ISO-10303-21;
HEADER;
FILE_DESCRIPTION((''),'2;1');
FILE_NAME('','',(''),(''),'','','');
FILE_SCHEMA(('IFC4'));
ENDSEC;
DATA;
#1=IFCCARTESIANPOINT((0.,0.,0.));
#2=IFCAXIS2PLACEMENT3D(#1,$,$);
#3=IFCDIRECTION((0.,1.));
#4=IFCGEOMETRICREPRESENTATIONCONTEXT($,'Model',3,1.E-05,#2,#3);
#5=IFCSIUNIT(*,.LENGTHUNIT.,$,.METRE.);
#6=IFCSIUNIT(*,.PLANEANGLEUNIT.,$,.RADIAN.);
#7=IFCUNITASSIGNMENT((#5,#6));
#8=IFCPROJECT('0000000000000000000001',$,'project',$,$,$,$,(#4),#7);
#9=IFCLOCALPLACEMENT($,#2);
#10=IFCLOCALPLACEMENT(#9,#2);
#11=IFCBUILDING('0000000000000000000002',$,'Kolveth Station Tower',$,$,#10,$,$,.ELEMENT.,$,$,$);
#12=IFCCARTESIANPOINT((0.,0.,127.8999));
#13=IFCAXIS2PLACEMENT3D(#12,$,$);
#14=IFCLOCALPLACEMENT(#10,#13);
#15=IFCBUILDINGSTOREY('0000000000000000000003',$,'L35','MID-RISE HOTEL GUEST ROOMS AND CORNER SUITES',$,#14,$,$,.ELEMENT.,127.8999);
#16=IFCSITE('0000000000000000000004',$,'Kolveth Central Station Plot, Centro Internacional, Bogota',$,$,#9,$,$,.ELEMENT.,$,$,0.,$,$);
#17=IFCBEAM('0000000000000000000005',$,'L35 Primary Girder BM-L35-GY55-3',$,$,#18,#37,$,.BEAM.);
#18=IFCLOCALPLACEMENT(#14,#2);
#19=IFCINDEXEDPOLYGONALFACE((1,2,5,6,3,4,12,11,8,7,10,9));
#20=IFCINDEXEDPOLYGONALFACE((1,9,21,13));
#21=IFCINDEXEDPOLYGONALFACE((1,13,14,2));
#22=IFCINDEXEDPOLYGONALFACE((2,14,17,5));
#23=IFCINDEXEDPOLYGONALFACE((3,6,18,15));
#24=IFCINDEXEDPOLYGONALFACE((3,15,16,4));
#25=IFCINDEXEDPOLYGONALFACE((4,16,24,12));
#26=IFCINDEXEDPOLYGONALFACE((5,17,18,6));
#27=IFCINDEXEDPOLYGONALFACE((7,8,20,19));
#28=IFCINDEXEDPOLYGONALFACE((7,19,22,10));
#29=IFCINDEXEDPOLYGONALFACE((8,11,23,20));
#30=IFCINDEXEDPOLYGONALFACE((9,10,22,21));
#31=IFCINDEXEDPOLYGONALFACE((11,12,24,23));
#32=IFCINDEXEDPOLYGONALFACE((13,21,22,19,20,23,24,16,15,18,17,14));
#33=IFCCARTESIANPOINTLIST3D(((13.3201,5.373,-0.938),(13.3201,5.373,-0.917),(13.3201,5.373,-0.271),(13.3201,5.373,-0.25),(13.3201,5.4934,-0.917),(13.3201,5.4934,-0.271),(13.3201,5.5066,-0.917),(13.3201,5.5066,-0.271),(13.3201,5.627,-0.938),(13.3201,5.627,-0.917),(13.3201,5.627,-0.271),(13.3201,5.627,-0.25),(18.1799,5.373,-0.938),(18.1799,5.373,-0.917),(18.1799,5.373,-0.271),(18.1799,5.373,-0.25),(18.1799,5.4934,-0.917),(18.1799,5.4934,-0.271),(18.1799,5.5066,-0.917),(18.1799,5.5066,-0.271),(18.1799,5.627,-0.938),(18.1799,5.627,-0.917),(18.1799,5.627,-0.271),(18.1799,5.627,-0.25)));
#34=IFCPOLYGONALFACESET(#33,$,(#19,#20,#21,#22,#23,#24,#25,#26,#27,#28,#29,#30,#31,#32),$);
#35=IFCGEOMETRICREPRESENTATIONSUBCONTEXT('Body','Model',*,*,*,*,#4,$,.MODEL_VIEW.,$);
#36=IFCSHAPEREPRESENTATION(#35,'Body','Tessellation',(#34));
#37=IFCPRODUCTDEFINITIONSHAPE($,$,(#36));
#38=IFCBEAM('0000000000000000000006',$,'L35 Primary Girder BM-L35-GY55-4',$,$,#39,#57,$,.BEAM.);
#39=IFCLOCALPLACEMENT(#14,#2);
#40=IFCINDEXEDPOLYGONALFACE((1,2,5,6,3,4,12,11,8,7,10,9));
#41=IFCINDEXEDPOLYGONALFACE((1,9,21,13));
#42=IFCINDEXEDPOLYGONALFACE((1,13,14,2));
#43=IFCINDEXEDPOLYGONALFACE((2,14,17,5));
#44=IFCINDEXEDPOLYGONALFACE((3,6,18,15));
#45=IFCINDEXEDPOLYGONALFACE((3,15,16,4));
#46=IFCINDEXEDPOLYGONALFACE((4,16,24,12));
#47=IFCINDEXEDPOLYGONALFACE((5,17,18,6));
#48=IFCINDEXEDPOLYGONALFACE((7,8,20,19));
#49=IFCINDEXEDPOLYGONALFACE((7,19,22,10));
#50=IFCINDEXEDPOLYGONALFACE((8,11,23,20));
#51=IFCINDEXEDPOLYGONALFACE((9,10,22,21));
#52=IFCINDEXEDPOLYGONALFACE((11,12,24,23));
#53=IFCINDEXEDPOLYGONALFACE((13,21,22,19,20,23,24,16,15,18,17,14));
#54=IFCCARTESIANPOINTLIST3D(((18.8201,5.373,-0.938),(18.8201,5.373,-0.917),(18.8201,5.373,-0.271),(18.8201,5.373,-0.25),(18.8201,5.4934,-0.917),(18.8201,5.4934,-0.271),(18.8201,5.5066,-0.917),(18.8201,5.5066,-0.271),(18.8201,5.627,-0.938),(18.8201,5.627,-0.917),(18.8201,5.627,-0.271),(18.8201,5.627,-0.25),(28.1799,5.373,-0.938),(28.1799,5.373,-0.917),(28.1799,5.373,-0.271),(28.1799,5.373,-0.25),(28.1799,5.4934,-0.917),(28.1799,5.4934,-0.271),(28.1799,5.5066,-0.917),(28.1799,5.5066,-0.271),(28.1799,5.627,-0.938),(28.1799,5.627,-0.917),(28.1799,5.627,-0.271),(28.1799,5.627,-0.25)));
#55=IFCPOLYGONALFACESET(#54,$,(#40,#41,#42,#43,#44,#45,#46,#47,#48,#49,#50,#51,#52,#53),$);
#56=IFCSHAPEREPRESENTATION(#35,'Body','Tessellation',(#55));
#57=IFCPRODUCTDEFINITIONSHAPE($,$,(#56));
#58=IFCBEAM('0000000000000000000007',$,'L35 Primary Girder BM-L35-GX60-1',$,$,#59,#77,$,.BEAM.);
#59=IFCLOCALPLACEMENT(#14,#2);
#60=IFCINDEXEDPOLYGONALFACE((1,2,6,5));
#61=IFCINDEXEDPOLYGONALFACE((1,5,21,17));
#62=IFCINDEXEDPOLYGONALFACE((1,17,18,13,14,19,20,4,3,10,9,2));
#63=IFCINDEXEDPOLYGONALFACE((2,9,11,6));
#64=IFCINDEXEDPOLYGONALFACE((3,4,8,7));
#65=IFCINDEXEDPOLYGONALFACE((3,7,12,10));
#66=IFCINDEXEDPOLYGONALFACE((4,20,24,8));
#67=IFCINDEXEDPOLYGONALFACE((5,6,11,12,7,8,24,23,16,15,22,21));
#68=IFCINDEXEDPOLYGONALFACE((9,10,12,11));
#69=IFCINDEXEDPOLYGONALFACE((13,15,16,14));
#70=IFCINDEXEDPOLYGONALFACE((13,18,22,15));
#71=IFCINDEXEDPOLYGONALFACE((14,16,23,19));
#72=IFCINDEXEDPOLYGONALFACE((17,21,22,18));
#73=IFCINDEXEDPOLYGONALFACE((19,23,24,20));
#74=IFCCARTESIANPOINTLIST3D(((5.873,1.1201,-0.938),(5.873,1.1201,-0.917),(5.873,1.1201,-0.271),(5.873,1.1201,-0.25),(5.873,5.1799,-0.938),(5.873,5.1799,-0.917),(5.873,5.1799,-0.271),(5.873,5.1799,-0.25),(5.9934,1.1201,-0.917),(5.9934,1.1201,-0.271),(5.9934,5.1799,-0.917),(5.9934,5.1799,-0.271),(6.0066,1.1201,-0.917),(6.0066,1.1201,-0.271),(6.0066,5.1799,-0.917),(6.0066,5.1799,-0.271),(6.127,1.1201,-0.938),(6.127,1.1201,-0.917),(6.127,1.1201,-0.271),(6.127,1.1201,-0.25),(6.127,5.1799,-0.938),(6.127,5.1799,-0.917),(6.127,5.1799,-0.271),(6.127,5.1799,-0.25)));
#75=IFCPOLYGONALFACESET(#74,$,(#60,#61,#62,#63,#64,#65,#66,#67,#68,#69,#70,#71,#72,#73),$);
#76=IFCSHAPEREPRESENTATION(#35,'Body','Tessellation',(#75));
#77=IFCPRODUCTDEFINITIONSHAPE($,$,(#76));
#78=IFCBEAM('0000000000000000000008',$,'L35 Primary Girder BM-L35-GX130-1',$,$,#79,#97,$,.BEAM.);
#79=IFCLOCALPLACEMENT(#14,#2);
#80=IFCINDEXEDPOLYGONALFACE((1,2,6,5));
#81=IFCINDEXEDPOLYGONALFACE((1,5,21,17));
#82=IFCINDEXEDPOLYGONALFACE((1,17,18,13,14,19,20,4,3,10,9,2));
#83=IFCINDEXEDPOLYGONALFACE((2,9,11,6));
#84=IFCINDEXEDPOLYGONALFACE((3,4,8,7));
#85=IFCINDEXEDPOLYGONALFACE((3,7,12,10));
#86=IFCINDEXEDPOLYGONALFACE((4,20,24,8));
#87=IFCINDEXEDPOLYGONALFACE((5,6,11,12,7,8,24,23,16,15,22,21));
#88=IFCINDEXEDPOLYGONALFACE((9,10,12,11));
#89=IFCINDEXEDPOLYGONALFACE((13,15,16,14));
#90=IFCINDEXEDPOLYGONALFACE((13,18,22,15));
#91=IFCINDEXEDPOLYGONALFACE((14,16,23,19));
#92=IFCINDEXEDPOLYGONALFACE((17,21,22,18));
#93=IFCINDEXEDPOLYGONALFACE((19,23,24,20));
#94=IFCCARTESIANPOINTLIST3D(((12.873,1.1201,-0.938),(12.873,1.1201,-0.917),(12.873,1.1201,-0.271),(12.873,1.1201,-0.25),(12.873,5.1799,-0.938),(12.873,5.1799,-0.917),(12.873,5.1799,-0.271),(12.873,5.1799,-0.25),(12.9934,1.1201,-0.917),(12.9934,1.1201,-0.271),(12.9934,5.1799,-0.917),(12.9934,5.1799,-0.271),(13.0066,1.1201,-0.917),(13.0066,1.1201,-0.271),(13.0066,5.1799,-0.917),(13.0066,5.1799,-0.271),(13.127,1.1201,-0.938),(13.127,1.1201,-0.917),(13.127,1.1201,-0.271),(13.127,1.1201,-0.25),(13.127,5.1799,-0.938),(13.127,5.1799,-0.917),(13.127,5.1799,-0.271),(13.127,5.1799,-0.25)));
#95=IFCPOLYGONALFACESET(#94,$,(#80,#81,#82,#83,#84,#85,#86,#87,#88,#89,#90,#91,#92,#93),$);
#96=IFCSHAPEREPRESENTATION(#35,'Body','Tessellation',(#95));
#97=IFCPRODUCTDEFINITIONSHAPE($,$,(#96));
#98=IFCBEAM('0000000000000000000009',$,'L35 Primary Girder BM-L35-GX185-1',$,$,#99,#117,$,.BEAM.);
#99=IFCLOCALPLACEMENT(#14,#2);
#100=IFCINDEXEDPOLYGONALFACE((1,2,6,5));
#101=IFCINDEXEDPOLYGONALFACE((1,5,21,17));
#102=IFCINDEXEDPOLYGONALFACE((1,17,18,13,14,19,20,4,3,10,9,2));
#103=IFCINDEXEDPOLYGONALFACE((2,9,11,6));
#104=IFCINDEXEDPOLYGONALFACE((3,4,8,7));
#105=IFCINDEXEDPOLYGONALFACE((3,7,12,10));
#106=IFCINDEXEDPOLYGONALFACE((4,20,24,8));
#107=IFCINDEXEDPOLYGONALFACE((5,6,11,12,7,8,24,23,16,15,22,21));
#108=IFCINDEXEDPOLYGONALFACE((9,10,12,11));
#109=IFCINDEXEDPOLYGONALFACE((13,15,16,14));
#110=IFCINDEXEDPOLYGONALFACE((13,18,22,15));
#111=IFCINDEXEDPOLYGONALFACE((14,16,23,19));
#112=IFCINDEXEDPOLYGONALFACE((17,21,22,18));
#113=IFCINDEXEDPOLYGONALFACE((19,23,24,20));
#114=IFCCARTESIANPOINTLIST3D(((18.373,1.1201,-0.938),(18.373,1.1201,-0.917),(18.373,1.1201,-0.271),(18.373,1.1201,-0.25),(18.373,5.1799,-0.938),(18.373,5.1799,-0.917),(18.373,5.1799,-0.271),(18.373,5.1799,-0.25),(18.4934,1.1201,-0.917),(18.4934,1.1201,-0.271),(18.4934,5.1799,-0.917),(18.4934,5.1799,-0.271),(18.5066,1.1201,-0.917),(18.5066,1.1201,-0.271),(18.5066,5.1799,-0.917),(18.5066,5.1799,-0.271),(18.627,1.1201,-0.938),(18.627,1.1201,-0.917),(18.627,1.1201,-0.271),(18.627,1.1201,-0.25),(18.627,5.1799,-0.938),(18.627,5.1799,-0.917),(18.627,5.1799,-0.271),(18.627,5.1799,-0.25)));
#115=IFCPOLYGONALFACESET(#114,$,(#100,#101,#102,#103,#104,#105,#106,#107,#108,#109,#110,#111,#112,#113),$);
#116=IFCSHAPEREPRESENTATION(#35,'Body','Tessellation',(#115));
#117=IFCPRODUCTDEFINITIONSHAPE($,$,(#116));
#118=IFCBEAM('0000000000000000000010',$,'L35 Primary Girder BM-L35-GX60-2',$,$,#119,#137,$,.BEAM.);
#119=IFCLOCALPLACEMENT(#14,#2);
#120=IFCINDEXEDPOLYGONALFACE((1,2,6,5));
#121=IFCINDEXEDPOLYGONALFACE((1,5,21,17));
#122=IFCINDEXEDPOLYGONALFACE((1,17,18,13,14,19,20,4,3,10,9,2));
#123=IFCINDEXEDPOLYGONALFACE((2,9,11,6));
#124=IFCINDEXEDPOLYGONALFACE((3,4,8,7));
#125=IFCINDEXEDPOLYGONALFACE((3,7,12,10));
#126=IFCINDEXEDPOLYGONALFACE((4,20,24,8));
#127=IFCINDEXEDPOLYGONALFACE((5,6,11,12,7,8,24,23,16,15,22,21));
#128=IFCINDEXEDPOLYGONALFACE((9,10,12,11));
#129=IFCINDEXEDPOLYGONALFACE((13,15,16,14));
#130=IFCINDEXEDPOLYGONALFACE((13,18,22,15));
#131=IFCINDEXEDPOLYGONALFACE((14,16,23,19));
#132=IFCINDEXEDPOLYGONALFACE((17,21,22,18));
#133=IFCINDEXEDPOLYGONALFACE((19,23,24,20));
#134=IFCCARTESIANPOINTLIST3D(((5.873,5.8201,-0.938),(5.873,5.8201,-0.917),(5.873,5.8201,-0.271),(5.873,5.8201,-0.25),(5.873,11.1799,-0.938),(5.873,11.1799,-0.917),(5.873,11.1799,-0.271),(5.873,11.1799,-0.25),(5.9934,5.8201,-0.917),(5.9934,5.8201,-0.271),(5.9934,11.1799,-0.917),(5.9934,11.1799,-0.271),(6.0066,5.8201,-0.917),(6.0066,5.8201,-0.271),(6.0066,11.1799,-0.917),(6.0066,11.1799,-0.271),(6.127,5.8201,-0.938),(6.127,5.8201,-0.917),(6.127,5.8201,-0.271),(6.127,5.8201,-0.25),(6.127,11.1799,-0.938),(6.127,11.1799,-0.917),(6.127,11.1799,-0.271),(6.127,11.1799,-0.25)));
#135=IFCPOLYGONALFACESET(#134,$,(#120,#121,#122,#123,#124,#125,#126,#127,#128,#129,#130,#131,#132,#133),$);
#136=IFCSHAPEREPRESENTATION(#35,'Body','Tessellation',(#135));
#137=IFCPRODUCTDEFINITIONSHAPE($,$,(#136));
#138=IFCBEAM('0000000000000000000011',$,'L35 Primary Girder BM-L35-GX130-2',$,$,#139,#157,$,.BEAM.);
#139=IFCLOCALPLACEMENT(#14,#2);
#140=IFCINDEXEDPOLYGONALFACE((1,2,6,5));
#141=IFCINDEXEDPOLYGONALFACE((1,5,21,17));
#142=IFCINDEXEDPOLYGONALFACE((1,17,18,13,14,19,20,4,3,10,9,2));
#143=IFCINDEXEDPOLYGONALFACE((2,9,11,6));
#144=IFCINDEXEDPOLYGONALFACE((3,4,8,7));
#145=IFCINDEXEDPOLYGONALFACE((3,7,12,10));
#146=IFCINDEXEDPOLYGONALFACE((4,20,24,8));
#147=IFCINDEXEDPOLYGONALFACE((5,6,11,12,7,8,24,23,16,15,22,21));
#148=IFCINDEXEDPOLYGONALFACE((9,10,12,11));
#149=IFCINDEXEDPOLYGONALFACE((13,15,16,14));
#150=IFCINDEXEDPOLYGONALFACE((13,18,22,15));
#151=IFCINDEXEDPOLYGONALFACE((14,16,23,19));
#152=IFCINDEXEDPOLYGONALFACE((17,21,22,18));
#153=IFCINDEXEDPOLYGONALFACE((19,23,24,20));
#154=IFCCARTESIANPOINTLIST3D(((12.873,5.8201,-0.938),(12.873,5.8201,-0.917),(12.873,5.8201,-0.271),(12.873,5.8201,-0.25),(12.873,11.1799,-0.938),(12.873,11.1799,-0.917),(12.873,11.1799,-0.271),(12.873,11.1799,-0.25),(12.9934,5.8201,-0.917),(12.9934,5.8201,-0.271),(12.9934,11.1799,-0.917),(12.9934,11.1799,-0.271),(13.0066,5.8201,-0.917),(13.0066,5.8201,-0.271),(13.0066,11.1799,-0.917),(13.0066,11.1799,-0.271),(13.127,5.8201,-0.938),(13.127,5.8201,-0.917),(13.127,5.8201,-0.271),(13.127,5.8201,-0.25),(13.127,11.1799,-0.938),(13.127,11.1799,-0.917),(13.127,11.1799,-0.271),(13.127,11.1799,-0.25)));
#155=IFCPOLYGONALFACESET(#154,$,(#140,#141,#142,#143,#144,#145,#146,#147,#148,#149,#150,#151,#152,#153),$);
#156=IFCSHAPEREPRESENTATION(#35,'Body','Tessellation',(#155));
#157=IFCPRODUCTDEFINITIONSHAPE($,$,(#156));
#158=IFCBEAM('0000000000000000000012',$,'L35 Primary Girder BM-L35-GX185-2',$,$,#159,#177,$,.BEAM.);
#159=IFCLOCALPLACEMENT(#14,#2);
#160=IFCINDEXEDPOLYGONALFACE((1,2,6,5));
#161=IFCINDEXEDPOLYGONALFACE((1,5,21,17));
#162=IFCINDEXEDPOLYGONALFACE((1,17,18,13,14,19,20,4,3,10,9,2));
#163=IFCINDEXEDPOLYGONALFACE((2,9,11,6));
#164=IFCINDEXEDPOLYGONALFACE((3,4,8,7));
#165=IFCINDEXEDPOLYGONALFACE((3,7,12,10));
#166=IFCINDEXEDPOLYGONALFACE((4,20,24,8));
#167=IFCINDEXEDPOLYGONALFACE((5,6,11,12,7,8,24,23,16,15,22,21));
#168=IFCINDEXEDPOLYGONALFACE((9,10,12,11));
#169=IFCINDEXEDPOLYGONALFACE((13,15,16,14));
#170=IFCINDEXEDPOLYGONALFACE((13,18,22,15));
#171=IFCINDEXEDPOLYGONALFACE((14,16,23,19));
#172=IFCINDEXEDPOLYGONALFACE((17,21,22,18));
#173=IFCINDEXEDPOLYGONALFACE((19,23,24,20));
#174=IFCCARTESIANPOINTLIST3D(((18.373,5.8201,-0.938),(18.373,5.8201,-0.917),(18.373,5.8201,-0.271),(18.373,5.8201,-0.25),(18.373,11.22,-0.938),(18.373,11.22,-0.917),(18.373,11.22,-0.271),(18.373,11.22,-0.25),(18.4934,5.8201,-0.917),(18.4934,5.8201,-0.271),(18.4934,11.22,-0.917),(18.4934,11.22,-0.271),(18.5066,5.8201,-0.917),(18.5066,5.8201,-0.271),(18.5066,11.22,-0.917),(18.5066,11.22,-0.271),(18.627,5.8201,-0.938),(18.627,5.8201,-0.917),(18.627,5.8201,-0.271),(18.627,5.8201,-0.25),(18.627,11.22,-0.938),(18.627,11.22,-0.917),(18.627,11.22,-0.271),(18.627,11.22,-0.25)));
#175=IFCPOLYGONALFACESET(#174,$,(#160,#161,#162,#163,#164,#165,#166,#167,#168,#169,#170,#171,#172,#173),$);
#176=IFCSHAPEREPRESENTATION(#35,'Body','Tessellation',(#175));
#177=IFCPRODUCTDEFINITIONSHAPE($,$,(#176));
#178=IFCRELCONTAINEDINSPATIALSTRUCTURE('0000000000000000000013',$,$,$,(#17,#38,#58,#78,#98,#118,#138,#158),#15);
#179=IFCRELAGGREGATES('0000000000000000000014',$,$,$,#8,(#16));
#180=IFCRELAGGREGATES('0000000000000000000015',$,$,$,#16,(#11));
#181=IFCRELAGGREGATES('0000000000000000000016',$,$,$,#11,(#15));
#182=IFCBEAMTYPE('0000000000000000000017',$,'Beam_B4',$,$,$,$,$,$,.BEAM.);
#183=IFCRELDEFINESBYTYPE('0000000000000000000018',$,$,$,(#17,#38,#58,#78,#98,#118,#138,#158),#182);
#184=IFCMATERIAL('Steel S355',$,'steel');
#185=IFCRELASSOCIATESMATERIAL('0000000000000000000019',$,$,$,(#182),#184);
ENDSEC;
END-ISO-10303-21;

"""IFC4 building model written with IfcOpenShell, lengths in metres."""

from ifc_helpers import new_model, si_unit, direction, frame, origin, origin_2d, place, context, subcontext, project, spatial, i_section, extrude, source, transform, mapped, material, material_profile, profile_set, type_object, element, save


model = new_model("IFC4")

# Units and contexts
model_context = context("Model", 3, precision=1e-05, world=origin(), true_north=direction((0.0, 1.0)))
body_context = subcontext(model_context, "Body", "Model", "MODEL_VIEW")
ifc_project = project(units=[si_unit("LENGTHUNIT", "METRE"), si_unit("PLANEANGLEUNIT", "RADIAN")], contexts=[model_context])

# Site, building, storey
site_placement = place(None, origin())
site = spatial("IfcSite", under=ifc_project, at=site_placement, Name="Kolveth Central Station Plot, Centro Internacional, Bogota", CompositionType="ELEMENT", RefElevation=0.0)
building_placement = place(site_placement, origin())
building = spatial("IfcBuilding", under=site, at=building_placement, Name="Kolveth Station Tower", CompositionType="ELEMENT")
storey_placement = place(building_placement, frame((0.0, 0.0, 127.8999)))
storey = spatial("IfcBuildingStorey", under=building, at=storey_placement, Name="L35", Description="MID-RISE HOTEL GUEST ROOMS AND CORNER SUITES", CompositionType="ELEMENT", Elevation=127.8999)

# Beams
ifc_material_1 = material(Name="Steel S355", Category="steel")
ifc_material_profile_1 = material_profile(ifc_material_1, i_section(OverallWidth=0.2539, OverallDepth=0.688, WebThickness=0.0132, FlangeThickness=0.021, at=origin_2d()), Name="W690x152")
ifc_profile_set_1 = profile_set([ifc_material_profile_1], Name="Steel S355")
beam_type_1 = type_object("IfcBeamType", Name="Beam_B4", PredefinedType="BEAM", material=ifc_profile_set_1)
shared_shape_1 = source(origin(), body_context, "Body", "SweptSolid", [
    extrude(i_section(OverallWidth=0.2539, OverallDepth=0.688, WebThickness=0.0132, FlangeThickness=0.021, at=origin_2d()), origin(), (0.0, 0.0, 1.0), 4.8599),
])
beam_1_placement = place(storey_placement, frame((13.3201, 5.5, -0.594), z_axis=(1.0, 0.0, 0.0), x_axis=(0.0, 1.0, 0.0)))
element("IfcBeam", 1, at=beam_1_placement, inside=storey, type_object=beam_type_1, Name="L35 Primary Girder BM-L35-GY55-3", PredefinedType="BEAM", context=body_context, shape_type="MappedRepresentation", body=[
    mapped(shared_shape_1, transform((0.0, 0.0, 0.0), x_axis=(1.0, 0.0, 0.0), y_axis=(0.0, 1.0, 0.0), z_axis=(0.0, 0.0, 1.0), scale=1.0)),
])
shared_shape_2 = source(origin(), body_context, "Body", "SweptSolid", [
    extrude(i_section(OverallWidth=0.2539, OverallDepth=0.688, WebThickness=0.0132, FlangeThickness=0.021, at=origin_2d()), origin(), (0.0, 0.0, 1.0), 9.3599),
])
beam_2_placement = place(storey_placement, frame((18.8201, 5.5, -0.594), z_axis=(1.0, 0.0, 0.0), x_axis=(0.0, 1.0, 0.0)))
element("IfcBeam", 2, at=beam_2_placement, inside=storey, type_object=beam_type_1, Name="L35 Primary Girder BM-L35-GY55-4", PredefinedType="BEAM", context=body_context, shape_type="MappedRepresentation", body=[
    mapped(shared_shape_2, transform((0.0, 0.0, 0.0), x_axis=(1.0, 0.0, 0.0), y_axis=(0.0, 1.0, 0.0), z_axis=(0.0, 0.0, 1.0), scale=1.0)),
])
shared_shape_3 = source(origin(), body_context, "Body", "SweptSolid", [
    extrude(i_section(OverallWidth=0.2539, OverallDepth=0.688, WebThickness=0.0132, FlangeThickness=0.021, at=origin_2d()), origin(), (0.0, 0.0, 1.0), 4.0598),
])
for number, where, z_axis, x_axis, name in (
    (3, (6.0, 1.1201, -0.594), (0.0, 1.0, 0.0), (-1.0, 0.0, 0.0), "L35 Primary Girder BM-L35-GX60-1"),
    (4, (13.0, 1.1201, -0.594), (0.0, 1.0, 0.0), (-1.0, 0.0, 0.0), "L35 Primary Girder BM-L35-GX130-1"),
    (5, (18.5, 1.1201, -0.594), (0.0, 1.0, 0.0), (-1.0, 0.0, 0.0), "L35 Primary Girder BM-L35-GX185-1"),
):
    element("IfcBeam", number, at=place(storey_placement, frame(where, z_axis=z_axis, x_axis=x_axis)), inside=storey, type_object=beam_type_1, Name=name, PredefinedType="BEAM", context=body_context, shape_type="MappedRepresentation", body=[
        mapped(shared_shape_3, transform((0.0, 0.0, 0.0), x_axis=(1.0, 0.0, 0.0), y_axis=(0.0, 1.0, 0.0), z_axis=(0.0, 0.0, 1.0), scale=1.0)),
    ])
shared_shape_4 = source(origin(), body_context, "Body", "SweptSolid", [
    extrude(i_section(OverallWidth=0.2539, OverallDepth=0.688, WebThickness=0.0132, FlangeThickness=0.021, at=origin_2d()), origin(), (0.0, 0.0, 1.0), 5.3599),
])
for number, where, z_axis, x_axis, name in (
    (6, (6.0, 5.8201, -0.594), (0.0, 1.0, 0.0), (-1.0, 0.0, 0.0), "L35 Primary Girder BM-L35-GX60-2"),
    (7, (13.0, 5.8201, -0.594), (0.0, 1.0, 0.0), (-1.0, 0.0, 0.0), "L35 Primary Girder BM-L35-GX130-2"),
):
    element("IfcBeam", number, at=place(storey_placement, frame(where, z_axis=z_axis, x_axis=x_axis)), inside=storey, type_object=beam_type_1, Name=name, PredefinedType="BEAM", context=body_context, shape_type="MappedRepresentation", body=[
        mapped(shared_shape_4, transform((0.0, 0.0, 0.0), x_axis=(1.0, 0.0, 0.0), y_axis=(0.0, 1.0, 0.0), z_axis=(0.0, 0.0, 1.0), scale=1.0)),
    ])
shared_shape_5 = source(origin(), body_context, "Body", "SweptSolid", [
    extrude(i_section(OverallWidth=0.2539, OverallDepth=0.688, WebThickness=0.0132, FlangeThickness=0.021, at=origin_2d()), origin(), (0.0, 0.0, 1.0), 5.3999),
])
beam_3_placement = place(storey_placement, frame((18.5, 5.8201, -0.594), z_axis=(0.0, 1.0, 0.0), x_axis=(-1.0, 0.0, 0.0)))
element("IfcBeam", 8, at=beam_3_placement, inside=storey, type_object=beam_type_1, Name="L35 Primary Girder BM-L35-GX185-2", PredefinedType="BEAM", context=body_context, shape_type="MappedRepresentation", body=[
    mapped(shared_shape_5, transform((0.0, 0.0, 0.0), x_axis=(1.0, 0.0, 0.0), y_axis=(0.0, 1.0, 0.0), z_axis=(0.0, 0.0, 1.0), scale=1.0)),
])

save(model, "model.ifc")
